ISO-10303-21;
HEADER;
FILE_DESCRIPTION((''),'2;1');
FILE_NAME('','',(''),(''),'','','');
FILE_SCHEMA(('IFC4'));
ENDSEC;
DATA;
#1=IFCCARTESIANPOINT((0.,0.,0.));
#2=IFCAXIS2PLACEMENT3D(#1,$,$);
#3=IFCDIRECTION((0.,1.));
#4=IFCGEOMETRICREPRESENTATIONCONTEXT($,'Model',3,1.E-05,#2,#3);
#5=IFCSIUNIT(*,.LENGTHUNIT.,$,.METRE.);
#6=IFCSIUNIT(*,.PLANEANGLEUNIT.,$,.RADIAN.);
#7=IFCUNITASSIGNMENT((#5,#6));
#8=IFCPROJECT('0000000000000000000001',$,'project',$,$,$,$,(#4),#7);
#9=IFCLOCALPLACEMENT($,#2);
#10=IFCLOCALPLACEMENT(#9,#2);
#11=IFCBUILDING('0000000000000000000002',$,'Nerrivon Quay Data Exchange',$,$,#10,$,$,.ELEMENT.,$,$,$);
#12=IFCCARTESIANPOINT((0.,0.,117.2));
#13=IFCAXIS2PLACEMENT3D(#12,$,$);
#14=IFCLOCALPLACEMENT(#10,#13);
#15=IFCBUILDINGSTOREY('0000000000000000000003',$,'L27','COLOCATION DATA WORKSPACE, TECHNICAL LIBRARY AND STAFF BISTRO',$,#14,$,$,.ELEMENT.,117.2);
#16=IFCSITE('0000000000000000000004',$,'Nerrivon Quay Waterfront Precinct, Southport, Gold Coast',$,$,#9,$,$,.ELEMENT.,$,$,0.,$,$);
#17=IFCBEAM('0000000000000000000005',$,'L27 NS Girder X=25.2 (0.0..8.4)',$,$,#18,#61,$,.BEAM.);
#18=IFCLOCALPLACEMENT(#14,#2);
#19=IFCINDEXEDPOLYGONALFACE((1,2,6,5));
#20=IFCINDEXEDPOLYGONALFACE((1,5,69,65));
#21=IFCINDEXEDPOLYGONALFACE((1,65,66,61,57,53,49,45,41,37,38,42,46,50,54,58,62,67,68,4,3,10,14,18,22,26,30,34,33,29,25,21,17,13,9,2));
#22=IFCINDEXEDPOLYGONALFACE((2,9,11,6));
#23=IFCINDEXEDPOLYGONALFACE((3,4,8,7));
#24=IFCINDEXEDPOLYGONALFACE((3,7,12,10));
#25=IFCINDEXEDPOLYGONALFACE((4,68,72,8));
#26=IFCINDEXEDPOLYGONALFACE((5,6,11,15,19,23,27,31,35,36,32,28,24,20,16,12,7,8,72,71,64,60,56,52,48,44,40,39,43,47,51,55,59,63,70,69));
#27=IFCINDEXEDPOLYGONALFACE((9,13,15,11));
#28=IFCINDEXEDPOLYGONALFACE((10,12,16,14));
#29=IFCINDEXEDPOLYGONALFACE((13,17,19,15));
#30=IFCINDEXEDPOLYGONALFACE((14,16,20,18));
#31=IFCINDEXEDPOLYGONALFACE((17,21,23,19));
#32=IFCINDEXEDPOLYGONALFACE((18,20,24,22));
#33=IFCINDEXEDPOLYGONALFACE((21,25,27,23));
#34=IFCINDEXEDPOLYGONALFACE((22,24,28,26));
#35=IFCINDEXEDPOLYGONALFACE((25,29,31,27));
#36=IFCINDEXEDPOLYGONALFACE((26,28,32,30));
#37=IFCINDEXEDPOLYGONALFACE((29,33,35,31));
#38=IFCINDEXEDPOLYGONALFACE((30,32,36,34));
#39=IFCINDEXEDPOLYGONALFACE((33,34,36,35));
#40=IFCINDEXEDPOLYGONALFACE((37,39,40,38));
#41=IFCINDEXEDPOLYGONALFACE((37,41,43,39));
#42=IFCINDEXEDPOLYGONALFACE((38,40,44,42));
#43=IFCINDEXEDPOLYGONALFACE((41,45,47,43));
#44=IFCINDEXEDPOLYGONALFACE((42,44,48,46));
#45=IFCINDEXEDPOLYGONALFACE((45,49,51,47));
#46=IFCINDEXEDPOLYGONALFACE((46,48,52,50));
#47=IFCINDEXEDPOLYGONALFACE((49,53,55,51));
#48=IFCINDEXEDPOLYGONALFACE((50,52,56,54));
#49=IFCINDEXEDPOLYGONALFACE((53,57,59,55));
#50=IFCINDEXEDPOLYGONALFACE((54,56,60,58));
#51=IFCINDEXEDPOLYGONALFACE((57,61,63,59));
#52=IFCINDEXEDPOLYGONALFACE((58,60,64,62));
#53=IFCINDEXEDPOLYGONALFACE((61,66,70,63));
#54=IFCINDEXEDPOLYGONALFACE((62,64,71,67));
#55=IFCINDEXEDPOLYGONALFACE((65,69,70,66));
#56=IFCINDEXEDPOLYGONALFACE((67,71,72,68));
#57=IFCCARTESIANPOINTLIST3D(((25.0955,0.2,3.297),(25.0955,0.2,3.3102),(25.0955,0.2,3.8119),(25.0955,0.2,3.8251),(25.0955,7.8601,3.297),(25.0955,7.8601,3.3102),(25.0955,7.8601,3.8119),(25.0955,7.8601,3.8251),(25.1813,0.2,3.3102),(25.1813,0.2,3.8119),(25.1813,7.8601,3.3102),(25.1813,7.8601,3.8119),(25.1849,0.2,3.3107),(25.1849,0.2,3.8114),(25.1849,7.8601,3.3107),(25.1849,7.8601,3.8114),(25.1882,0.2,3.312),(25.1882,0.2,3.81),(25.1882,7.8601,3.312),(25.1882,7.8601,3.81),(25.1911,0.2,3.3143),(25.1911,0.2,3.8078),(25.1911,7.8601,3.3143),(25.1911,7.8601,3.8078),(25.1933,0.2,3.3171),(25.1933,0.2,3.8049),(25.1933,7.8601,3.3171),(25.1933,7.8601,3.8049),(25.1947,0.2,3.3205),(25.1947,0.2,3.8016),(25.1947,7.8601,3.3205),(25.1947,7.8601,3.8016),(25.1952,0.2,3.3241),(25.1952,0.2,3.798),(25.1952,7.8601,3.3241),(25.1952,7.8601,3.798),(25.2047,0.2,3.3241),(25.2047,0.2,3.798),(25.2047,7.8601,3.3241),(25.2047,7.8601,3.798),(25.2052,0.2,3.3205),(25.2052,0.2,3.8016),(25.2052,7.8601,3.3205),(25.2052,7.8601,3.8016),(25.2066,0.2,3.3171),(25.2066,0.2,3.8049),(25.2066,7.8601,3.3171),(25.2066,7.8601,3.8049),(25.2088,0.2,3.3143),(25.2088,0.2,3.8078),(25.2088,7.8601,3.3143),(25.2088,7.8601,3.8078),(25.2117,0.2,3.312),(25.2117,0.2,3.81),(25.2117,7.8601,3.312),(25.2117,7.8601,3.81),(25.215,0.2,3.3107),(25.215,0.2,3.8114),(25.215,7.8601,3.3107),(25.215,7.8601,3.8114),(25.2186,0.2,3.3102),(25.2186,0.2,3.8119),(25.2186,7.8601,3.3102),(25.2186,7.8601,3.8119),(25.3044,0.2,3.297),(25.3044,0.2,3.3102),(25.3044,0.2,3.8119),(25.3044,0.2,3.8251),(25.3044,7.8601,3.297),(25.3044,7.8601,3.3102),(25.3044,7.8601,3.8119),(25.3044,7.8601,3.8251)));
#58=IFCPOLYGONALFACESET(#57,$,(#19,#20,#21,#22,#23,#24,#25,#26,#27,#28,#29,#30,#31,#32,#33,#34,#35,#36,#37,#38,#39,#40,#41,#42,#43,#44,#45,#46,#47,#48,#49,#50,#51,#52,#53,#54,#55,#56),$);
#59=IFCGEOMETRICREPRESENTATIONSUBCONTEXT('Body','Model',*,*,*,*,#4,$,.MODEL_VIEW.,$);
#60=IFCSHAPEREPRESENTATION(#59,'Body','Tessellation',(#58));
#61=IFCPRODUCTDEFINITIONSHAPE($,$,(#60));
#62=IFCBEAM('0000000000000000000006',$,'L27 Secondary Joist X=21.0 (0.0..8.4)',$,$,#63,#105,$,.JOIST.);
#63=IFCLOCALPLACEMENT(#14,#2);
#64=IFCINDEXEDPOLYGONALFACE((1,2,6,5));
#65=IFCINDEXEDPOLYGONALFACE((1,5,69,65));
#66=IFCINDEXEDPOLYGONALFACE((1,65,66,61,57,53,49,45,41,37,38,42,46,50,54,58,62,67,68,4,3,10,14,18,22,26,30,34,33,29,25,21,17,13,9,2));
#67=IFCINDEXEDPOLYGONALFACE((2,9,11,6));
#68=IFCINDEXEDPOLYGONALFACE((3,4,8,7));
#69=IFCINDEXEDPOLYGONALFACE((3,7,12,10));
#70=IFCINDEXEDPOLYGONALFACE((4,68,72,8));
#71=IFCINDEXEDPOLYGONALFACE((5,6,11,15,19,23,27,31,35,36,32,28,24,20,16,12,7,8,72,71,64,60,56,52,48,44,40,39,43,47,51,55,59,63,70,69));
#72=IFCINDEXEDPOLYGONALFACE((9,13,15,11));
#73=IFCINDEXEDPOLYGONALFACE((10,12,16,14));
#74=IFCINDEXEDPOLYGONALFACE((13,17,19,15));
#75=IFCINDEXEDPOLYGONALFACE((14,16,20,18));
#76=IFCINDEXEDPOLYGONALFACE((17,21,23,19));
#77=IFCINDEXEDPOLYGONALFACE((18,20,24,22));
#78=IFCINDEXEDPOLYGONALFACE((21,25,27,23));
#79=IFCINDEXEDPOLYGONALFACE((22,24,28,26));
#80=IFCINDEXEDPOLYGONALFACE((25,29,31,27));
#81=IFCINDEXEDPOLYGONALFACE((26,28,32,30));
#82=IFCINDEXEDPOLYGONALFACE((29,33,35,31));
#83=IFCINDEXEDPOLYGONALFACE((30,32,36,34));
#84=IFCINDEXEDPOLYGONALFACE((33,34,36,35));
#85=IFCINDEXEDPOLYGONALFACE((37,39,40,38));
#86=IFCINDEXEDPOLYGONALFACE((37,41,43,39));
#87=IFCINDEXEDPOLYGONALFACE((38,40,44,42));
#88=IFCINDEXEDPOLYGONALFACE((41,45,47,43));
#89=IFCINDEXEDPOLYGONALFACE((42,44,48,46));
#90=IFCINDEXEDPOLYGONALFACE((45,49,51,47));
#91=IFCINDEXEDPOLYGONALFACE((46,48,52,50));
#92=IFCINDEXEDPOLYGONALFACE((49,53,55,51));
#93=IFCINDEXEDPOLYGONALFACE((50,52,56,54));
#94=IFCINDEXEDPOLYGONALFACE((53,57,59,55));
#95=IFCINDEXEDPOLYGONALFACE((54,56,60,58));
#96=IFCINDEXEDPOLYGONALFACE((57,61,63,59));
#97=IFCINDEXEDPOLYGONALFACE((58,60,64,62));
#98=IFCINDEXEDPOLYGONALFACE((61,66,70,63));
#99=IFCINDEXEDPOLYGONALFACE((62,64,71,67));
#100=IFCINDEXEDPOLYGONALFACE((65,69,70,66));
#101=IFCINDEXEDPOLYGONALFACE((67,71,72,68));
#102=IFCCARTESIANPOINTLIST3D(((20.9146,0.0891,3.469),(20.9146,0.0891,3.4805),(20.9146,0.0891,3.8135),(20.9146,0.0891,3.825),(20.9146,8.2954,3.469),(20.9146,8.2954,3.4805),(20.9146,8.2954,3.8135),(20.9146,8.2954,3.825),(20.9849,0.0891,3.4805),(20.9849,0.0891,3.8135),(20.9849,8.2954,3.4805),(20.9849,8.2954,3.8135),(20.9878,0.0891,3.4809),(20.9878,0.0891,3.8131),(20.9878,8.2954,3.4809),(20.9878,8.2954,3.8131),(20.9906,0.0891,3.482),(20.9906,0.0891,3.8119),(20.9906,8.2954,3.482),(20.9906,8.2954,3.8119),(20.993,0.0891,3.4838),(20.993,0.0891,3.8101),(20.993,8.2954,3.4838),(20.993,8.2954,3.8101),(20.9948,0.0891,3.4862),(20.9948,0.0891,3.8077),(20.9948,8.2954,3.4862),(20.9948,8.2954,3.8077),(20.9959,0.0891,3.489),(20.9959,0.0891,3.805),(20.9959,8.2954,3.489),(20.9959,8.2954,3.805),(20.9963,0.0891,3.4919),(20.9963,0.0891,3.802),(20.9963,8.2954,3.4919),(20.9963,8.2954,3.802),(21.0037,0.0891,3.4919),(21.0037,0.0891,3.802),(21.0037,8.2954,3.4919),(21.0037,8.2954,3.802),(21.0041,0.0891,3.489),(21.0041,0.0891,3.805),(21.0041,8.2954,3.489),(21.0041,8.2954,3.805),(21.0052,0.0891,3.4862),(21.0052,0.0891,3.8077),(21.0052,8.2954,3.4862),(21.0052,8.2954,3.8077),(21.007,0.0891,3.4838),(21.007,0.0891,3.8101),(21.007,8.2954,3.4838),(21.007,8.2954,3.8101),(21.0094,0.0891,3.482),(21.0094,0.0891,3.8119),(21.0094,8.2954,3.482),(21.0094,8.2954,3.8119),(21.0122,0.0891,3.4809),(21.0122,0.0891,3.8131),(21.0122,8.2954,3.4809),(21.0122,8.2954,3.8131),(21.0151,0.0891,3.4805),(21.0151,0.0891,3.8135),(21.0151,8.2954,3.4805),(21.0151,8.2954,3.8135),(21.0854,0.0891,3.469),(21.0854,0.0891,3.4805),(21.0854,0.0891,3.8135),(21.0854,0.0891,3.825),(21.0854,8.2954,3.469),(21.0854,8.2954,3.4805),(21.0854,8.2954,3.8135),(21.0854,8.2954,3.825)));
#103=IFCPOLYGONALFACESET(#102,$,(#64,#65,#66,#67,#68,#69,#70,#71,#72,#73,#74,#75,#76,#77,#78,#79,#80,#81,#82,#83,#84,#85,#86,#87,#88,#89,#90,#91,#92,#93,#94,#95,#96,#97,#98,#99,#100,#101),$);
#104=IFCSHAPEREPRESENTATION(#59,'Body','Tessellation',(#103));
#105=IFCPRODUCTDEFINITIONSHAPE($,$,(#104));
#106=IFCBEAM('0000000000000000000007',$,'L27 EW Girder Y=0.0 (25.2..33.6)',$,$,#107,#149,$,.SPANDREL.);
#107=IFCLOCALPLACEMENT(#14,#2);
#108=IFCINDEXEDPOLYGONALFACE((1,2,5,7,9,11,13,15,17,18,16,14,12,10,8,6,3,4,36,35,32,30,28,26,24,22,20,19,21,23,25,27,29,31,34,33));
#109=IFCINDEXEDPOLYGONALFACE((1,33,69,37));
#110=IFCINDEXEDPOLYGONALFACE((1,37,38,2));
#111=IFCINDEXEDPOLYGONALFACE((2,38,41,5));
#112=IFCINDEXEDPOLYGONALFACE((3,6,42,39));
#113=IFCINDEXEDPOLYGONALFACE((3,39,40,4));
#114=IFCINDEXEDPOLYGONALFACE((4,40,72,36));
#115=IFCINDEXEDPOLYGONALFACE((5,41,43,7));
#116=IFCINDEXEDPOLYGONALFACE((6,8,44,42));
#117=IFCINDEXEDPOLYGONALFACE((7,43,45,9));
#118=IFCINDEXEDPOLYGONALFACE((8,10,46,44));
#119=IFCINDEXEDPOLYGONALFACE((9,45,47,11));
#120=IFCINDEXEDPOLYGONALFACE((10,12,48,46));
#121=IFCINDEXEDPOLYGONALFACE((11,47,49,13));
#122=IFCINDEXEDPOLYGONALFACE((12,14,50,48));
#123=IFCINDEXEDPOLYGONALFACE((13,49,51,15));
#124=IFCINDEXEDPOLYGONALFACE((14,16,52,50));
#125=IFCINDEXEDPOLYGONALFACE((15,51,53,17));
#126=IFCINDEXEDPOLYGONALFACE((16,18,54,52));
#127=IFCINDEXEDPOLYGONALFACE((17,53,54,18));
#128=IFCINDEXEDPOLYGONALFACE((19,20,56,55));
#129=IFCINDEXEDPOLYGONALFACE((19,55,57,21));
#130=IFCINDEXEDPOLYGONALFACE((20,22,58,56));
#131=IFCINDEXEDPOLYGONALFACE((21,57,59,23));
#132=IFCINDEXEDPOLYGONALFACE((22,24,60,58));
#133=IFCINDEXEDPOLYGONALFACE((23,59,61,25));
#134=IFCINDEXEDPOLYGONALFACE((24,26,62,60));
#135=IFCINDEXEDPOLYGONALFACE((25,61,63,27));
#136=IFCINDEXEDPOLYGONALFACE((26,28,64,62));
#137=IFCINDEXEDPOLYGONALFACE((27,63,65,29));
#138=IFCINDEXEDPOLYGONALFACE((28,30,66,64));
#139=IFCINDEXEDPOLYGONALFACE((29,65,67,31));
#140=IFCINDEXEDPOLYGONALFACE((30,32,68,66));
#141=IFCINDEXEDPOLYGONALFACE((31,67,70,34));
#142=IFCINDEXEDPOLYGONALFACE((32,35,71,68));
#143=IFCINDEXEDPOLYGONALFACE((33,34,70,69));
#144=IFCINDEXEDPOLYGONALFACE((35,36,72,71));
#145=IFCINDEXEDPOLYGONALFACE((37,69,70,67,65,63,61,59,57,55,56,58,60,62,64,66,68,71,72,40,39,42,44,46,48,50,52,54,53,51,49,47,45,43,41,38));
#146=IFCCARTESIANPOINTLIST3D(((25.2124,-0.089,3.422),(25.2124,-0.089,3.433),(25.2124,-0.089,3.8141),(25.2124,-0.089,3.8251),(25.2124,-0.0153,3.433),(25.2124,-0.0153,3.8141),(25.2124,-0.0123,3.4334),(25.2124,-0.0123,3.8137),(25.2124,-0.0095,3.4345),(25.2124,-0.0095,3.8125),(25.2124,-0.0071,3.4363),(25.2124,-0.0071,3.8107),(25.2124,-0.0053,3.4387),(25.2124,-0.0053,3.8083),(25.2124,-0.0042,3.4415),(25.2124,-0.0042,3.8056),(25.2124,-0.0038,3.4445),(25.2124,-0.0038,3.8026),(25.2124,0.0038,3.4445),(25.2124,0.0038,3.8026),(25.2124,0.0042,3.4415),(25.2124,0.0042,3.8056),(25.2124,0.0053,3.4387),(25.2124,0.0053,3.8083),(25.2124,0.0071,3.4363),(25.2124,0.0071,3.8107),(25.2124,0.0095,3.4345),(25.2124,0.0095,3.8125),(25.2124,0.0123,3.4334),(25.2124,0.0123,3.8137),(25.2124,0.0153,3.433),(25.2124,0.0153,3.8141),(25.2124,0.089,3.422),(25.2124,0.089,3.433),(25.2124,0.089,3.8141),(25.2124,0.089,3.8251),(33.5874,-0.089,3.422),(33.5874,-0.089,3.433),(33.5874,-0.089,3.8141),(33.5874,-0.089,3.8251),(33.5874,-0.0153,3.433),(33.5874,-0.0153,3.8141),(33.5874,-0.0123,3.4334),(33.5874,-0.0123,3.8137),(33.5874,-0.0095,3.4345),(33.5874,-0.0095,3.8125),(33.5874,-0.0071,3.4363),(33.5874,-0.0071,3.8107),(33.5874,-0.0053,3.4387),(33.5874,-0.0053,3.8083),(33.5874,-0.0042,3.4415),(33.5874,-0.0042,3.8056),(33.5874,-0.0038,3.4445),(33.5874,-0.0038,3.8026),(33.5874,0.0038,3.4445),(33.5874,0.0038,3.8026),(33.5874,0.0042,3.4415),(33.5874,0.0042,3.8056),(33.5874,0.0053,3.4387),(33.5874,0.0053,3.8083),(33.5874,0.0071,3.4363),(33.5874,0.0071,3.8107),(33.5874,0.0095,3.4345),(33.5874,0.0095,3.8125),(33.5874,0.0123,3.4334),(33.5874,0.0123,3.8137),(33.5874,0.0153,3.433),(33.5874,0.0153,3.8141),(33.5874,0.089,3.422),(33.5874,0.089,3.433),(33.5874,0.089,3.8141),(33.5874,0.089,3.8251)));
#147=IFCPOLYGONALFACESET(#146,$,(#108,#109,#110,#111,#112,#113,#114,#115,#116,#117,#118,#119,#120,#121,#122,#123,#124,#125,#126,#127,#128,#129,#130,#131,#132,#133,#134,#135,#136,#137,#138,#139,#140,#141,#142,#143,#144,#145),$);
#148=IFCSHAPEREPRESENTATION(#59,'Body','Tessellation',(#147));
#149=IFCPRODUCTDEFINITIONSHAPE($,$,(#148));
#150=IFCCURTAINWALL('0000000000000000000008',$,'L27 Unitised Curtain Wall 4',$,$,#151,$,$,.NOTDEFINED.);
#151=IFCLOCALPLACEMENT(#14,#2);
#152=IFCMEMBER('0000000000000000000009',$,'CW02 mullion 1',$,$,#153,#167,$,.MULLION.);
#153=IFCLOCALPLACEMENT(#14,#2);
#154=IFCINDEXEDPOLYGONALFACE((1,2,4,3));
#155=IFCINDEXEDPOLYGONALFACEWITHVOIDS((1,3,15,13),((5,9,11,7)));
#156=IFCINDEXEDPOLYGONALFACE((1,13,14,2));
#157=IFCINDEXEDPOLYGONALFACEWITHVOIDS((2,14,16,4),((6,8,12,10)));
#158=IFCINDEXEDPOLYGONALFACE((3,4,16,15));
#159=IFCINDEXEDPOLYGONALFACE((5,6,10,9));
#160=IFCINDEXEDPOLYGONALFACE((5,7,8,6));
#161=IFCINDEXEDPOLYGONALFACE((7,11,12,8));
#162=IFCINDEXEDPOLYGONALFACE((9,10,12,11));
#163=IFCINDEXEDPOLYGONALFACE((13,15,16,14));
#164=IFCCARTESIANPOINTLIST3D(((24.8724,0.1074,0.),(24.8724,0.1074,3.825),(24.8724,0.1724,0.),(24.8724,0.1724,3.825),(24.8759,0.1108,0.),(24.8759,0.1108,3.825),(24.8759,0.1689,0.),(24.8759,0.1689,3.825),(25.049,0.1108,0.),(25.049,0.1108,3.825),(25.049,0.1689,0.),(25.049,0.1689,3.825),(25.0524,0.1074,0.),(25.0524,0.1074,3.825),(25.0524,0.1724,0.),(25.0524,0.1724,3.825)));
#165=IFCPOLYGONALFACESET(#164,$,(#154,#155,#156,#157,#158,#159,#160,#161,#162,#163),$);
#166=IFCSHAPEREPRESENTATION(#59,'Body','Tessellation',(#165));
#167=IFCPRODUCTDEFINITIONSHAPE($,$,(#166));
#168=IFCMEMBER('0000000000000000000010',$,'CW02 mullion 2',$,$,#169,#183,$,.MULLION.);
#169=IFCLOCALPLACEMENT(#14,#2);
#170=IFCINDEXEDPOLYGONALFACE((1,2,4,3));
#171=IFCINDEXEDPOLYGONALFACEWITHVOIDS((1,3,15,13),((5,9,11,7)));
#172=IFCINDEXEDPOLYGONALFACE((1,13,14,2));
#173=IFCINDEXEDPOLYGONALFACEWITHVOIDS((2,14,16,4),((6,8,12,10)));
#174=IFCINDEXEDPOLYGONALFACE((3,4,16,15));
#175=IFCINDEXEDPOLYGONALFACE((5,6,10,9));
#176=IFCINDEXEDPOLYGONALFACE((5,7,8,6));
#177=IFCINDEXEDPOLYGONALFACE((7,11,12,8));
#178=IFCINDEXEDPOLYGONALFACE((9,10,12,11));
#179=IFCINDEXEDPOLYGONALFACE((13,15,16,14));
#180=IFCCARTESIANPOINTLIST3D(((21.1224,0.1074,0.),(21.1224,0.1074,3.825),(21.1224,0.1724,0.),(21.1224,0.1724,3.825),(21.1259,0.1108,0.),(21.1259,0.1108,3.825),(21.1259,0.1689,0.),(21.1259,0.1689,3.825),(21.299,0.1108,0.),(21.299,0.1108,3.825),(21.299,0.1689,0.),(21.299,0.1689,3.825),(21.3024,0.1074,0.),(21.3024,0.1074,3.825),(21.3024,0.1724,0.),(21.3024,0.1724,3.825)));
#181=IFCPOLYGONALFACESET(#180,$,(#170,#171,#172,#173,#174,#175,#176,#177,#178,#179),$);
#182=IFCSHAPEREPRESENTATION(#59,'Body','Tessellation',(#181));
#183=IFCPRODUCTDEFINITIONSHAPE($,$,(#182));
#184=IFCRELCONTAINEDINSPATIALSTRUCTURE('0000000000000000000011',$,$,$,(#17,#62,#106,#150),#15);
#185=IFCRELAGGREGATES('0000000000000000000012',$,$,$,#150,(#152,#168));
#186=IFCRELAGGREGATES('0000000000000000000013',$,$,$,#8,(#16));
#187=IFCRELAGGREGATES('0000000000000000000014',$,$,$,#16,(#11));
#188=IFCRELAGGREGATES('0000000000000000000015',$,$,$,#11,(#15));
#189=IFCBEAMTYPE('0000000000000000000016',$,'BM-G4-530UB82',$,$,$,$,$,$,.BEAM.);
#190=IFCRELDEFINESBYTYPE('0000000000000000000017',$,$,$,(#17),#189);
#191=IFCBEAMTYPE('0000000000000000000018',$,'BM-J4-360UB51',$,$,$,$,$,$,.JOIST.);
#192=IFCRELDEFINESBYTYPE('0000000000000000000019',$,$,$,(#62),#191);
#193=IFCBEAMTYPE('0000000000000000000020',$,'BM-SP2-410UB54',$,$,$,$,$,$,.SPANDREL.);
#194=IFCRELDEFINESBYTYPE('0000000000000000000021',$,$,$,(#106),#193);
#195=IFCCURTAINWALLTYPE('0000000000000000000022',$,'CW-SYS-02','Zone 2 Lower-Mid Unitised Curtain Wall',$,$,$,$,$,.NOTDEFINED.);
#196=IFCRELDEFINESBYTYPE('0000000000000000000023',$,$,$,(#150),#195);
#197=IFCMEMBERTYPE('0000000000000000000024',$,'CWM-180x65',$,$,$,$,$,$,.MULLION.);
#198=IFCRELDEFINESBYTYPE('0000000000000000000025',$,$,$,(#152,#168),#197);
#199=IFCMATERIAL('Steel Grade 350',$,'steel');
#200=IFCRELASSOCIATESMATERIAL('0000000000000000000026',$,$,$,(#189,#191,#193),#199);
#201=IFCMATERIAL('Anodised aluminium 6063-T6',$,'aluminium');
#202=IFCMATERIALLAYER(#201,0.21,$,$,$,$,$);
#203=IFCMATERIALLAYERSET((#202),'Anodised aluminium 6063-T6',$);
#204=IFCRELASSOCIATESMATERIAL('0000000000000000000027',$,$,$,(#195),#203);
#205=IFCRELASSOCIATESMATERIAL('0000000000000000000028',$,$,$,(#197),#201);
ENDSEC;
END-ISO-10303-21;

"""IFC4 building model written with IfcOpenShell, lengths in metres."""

from ifc_helpers import new_model, si_unit, direction, frame, origin, origin_2d, place, context, subcontext, project, spatial, hollow_rectangle, i_section, extrude, material, layer, layer_set, material_profile, profile_set, type_object, element, aggregate, save


model = new_model("IFC4")

# Units and contexts
model_context = context("Model", 3, precision=1e-05, world=origin(), true_north=direction((0.0, 1.0)))
body_context = subcontext(model_context, "Body", "Model", "MODEL_VIEW")
ifc_project = project(units=[si_unit("LENGTHUNIT", "METRE"), si_unit("PLANEANGLEUNIT", "RADIAN")], contexts=[model_context])

# Site, building, storey
site_placement = place(None, origin())
site = spatial("IfcSite", under=ifc_project, at=site_placement, Name="Nerrivon Quay Waterfront Precinct, Southport, Gold Coast", CompositionType="ELEMENT", RefElevation=0.0)
building_placement = place(site_placement, origin())
building = spatial("IfcBuilding", under=site, at=building_placement, Name="Nerrivon Quay Data Exchange", CompositionType="ELEMENT")
storey_placement = place(building_placement, frame((0.0, 0.0, 117.2)))
storey = spatial("IfcBuildingStorey", under=building, at=storey_placement, Name="L27", Description="COLOCATION DATA WORKSPACE, TECHNICAL LIBRARY AND STAFF BISTRO", CompositionType="ELEMENT", Elevation=117.2)

# Shared definitions
ifc_material_1 = material(Name="Steel Grade 350", Category="steel")

# Beams
ifc_material_profile_1 = material_profile(ifc_material_1, i_section(OverallWidth=0.209, OverallDepth=0.5281, WebThickness=0.0095, FlangeThickness=0.0132, FilletRadius=0.0139, at=origin_2d()), Name="530UB82.0")
ifc_profile_set_1 = profile_set([ifc_material_profile_1], Name="Steel Grade 350")
beam_type_1 = type_object("IfcBeamType", Name="BM-G4-530UB82", PredefinedType="BEAM", material=ifc_profile_set_1)
beam_1_placement = place(storey_placement, frame((25.2, 0.2, 3.561), z_axis=(0.0, 1.0, 0.0), x_axis=(-1.0, 0.0, 0.0)))
element("IfcBeam", 1, at=beam_1_placement, inside=storey, type_object=beam_type_1, Name="L27 NS Girder X=25.2 (0.0..8.4)", PredefinedType="BEAM", context=body_context, shape_type="SweptSolid", body=[
    extrude(i_section(OverallWidth=0.209, OverallDepth=0.5281, WebThickness=0.0095, FlangeThickness=0.0132, FilletRadius=0.0139, at=origin_2d()), origin(), (0.0, 0.0, 1.0), 7.6602),
])
ifc_material_profile_2 = material_profile(ifc_material_1, i_section(OverallWidth=0.1709, OverallDepth=0.356, WebThickness=0.0073, FlangeThickness=0.0115, FilletRadius=0.0115, at=origin_2d()), Name="360UB50.7")
ifc_profile_set_2 = profile_set([ifc_material_profile_2], Name="Steel Grade 350")
beam_type_2 = type_object("IfcBeamType", Name="BM-J4-360UB51", PredefinedType="JOIST", material=ifc_profile_set_2)
beam_2_placement = place(storey_placement, frame((21.0, 0.0891, 3.647), z_axis=(0.0, 1.0, 0.0), x_axis=(-1.0, 0.0, 0.0)))
element("IfcBeam", 2, at=beam_2_placement, inside=storey, type_object=beam_type_2, Name="L27 Secondary Joist X=21.0 (0.0..8.4)", PredefinedType="JOIST", context=body_context, shape_type="SweptSolid", body=[
    extrude(i_section(OverallWidth=0.1709, OverallDepth=0.356, WebThickness=0.0073, FlangeThickness=0.0115, FilletRadius=0.0115, at=origin_2d()), origin(), (0.0, 0.0, 1.0), 8.2063),
])
ifc_material_profile_3 = material_profile(ifc_material_1, i_section(OverallWidth=0.178, OverallDepth=0.4031, WebThickness=0.0076, FlangeThickness=0.011, FilletRadius=0.0115, at=origin_2d()), Name="410UB53.7")
ifc_profile_set_3 = profile_set([ifc_material_profile_3], Name="Steel Grade 350")
beam_type_3 = type_object("IfcBeamType", Name="BM-SP2-410UB54", PredefinedType="SPANDREL", material=ifc_profile_set_3)
beam_3_placement = place(storey_placement, frame((25.2124, 0.0, 3.6235), z_axis=(1.0, 0.0, 0.0), x_axis=(0.0, 1.0, 0.0)))
element("IfcBeam", 3, at=beam_3_placement, inside=storey, type_object=beam_type_3, Name="L27 EW Girder Y=0.0 (25.2..33.6)", PredefinedType="SPANDREL", context=body_context, shape_type="SweptSolid", body=[
    extrude(i_section(OverallWidth=0.178, OverallDepth=0.4031, WebThickness=0.0076, FlangeThickness=0.011, FilletRadius=0.0115, at=origin_2d()), origin(), (0.0, 0.0, 1.0), 8.375),
])

# Curtain wall, members
ifc_material_2 = material(Name="Anodised aluminium 6063-T6", Category="aluminium")
ifc_layer_1 = layer(ifc_material_2, 0.21)
ifc_layer_set_1 = layer_set([ifc_layer_1], Name="Anodised aluminium 6063-T6")
curtain_wall_type = type_object("IfcCurtainWallType", Name="CW-SYS-02", Description="Zone 2 Lower-Mid Unitised Curtain Wall", PredefinedType="NOTDEFINED", material=ifc_layer_set_1)
curtain_wall_placement = place(storey_placement, origin())
curtain_wall = element("IfcCurtainWall", 4, at=curtain_wall_placement, inside=storey, type_object=curtain_wall_type, Name="L27 Unitised Curtain Wall 4", PredefinedType="NOTDEFINED")
ifc_material_profile_4 = material_profile(ifc_material_2, hollow_rectangle(XDim=0.0649, YDim=0.1799, WallThickness=0.0034, at=origin_2d()), Name="ALU-MULL-180x65")
ifc_profile_set_4 = profile_set([ifc_material_profile_4], Name="Anodised aluminium 6063-T6")
member_type_1 = type_object("IfcMemberType", Name="CWM-180x65", PredefinedType="MULLION", material=ifc_profile_set_4)
member_1_placement = place(storey_placement, frame((24.9624, 0.1399, 0.0), z_axis=(0.0, 0.0, 1.0), x_axis=(0.0, -1.0, 0.0)))
member_1 = element("IfcMember", 5, at=member_1_placement, type_object=member_type_1, Name="CW02 mullion 1", PredefinedType="MULLION", context=body_context, shape_type="SweptSolid", body=[
    extrude(hollow_rectangle(XDim=0.0649, YDim=0.1799, WallThickness=0.0034, at=origin_2d()), origin(), (0.0, 0.0, 1.0), 3.825),
])
member_2_placement = place(storey_placement, frame((21.2124, 0.1399, 0.0), z_axis=(0.0, 0.0, 1.0), x_axis=(0.0, -1.0, 0.0)))
member_2 = element("IfcMember", 6, at=member_2_placement, type_object=member_type_1, Name="CW02 mullion 2", PredefinedType="MULLION", context=body_context, shape_type="SweptSolid", body=[
    extrude(hollow_rectangle(XDim=0.0649, YDim=0.1799, WallThickness=0.0034, at=origin_2d()), origin(), (0.0, 0.0, 1.0), 3.825),
])
aggregate(curtain_wall, [member_1, member_2])

save(model, "model.ifc")
